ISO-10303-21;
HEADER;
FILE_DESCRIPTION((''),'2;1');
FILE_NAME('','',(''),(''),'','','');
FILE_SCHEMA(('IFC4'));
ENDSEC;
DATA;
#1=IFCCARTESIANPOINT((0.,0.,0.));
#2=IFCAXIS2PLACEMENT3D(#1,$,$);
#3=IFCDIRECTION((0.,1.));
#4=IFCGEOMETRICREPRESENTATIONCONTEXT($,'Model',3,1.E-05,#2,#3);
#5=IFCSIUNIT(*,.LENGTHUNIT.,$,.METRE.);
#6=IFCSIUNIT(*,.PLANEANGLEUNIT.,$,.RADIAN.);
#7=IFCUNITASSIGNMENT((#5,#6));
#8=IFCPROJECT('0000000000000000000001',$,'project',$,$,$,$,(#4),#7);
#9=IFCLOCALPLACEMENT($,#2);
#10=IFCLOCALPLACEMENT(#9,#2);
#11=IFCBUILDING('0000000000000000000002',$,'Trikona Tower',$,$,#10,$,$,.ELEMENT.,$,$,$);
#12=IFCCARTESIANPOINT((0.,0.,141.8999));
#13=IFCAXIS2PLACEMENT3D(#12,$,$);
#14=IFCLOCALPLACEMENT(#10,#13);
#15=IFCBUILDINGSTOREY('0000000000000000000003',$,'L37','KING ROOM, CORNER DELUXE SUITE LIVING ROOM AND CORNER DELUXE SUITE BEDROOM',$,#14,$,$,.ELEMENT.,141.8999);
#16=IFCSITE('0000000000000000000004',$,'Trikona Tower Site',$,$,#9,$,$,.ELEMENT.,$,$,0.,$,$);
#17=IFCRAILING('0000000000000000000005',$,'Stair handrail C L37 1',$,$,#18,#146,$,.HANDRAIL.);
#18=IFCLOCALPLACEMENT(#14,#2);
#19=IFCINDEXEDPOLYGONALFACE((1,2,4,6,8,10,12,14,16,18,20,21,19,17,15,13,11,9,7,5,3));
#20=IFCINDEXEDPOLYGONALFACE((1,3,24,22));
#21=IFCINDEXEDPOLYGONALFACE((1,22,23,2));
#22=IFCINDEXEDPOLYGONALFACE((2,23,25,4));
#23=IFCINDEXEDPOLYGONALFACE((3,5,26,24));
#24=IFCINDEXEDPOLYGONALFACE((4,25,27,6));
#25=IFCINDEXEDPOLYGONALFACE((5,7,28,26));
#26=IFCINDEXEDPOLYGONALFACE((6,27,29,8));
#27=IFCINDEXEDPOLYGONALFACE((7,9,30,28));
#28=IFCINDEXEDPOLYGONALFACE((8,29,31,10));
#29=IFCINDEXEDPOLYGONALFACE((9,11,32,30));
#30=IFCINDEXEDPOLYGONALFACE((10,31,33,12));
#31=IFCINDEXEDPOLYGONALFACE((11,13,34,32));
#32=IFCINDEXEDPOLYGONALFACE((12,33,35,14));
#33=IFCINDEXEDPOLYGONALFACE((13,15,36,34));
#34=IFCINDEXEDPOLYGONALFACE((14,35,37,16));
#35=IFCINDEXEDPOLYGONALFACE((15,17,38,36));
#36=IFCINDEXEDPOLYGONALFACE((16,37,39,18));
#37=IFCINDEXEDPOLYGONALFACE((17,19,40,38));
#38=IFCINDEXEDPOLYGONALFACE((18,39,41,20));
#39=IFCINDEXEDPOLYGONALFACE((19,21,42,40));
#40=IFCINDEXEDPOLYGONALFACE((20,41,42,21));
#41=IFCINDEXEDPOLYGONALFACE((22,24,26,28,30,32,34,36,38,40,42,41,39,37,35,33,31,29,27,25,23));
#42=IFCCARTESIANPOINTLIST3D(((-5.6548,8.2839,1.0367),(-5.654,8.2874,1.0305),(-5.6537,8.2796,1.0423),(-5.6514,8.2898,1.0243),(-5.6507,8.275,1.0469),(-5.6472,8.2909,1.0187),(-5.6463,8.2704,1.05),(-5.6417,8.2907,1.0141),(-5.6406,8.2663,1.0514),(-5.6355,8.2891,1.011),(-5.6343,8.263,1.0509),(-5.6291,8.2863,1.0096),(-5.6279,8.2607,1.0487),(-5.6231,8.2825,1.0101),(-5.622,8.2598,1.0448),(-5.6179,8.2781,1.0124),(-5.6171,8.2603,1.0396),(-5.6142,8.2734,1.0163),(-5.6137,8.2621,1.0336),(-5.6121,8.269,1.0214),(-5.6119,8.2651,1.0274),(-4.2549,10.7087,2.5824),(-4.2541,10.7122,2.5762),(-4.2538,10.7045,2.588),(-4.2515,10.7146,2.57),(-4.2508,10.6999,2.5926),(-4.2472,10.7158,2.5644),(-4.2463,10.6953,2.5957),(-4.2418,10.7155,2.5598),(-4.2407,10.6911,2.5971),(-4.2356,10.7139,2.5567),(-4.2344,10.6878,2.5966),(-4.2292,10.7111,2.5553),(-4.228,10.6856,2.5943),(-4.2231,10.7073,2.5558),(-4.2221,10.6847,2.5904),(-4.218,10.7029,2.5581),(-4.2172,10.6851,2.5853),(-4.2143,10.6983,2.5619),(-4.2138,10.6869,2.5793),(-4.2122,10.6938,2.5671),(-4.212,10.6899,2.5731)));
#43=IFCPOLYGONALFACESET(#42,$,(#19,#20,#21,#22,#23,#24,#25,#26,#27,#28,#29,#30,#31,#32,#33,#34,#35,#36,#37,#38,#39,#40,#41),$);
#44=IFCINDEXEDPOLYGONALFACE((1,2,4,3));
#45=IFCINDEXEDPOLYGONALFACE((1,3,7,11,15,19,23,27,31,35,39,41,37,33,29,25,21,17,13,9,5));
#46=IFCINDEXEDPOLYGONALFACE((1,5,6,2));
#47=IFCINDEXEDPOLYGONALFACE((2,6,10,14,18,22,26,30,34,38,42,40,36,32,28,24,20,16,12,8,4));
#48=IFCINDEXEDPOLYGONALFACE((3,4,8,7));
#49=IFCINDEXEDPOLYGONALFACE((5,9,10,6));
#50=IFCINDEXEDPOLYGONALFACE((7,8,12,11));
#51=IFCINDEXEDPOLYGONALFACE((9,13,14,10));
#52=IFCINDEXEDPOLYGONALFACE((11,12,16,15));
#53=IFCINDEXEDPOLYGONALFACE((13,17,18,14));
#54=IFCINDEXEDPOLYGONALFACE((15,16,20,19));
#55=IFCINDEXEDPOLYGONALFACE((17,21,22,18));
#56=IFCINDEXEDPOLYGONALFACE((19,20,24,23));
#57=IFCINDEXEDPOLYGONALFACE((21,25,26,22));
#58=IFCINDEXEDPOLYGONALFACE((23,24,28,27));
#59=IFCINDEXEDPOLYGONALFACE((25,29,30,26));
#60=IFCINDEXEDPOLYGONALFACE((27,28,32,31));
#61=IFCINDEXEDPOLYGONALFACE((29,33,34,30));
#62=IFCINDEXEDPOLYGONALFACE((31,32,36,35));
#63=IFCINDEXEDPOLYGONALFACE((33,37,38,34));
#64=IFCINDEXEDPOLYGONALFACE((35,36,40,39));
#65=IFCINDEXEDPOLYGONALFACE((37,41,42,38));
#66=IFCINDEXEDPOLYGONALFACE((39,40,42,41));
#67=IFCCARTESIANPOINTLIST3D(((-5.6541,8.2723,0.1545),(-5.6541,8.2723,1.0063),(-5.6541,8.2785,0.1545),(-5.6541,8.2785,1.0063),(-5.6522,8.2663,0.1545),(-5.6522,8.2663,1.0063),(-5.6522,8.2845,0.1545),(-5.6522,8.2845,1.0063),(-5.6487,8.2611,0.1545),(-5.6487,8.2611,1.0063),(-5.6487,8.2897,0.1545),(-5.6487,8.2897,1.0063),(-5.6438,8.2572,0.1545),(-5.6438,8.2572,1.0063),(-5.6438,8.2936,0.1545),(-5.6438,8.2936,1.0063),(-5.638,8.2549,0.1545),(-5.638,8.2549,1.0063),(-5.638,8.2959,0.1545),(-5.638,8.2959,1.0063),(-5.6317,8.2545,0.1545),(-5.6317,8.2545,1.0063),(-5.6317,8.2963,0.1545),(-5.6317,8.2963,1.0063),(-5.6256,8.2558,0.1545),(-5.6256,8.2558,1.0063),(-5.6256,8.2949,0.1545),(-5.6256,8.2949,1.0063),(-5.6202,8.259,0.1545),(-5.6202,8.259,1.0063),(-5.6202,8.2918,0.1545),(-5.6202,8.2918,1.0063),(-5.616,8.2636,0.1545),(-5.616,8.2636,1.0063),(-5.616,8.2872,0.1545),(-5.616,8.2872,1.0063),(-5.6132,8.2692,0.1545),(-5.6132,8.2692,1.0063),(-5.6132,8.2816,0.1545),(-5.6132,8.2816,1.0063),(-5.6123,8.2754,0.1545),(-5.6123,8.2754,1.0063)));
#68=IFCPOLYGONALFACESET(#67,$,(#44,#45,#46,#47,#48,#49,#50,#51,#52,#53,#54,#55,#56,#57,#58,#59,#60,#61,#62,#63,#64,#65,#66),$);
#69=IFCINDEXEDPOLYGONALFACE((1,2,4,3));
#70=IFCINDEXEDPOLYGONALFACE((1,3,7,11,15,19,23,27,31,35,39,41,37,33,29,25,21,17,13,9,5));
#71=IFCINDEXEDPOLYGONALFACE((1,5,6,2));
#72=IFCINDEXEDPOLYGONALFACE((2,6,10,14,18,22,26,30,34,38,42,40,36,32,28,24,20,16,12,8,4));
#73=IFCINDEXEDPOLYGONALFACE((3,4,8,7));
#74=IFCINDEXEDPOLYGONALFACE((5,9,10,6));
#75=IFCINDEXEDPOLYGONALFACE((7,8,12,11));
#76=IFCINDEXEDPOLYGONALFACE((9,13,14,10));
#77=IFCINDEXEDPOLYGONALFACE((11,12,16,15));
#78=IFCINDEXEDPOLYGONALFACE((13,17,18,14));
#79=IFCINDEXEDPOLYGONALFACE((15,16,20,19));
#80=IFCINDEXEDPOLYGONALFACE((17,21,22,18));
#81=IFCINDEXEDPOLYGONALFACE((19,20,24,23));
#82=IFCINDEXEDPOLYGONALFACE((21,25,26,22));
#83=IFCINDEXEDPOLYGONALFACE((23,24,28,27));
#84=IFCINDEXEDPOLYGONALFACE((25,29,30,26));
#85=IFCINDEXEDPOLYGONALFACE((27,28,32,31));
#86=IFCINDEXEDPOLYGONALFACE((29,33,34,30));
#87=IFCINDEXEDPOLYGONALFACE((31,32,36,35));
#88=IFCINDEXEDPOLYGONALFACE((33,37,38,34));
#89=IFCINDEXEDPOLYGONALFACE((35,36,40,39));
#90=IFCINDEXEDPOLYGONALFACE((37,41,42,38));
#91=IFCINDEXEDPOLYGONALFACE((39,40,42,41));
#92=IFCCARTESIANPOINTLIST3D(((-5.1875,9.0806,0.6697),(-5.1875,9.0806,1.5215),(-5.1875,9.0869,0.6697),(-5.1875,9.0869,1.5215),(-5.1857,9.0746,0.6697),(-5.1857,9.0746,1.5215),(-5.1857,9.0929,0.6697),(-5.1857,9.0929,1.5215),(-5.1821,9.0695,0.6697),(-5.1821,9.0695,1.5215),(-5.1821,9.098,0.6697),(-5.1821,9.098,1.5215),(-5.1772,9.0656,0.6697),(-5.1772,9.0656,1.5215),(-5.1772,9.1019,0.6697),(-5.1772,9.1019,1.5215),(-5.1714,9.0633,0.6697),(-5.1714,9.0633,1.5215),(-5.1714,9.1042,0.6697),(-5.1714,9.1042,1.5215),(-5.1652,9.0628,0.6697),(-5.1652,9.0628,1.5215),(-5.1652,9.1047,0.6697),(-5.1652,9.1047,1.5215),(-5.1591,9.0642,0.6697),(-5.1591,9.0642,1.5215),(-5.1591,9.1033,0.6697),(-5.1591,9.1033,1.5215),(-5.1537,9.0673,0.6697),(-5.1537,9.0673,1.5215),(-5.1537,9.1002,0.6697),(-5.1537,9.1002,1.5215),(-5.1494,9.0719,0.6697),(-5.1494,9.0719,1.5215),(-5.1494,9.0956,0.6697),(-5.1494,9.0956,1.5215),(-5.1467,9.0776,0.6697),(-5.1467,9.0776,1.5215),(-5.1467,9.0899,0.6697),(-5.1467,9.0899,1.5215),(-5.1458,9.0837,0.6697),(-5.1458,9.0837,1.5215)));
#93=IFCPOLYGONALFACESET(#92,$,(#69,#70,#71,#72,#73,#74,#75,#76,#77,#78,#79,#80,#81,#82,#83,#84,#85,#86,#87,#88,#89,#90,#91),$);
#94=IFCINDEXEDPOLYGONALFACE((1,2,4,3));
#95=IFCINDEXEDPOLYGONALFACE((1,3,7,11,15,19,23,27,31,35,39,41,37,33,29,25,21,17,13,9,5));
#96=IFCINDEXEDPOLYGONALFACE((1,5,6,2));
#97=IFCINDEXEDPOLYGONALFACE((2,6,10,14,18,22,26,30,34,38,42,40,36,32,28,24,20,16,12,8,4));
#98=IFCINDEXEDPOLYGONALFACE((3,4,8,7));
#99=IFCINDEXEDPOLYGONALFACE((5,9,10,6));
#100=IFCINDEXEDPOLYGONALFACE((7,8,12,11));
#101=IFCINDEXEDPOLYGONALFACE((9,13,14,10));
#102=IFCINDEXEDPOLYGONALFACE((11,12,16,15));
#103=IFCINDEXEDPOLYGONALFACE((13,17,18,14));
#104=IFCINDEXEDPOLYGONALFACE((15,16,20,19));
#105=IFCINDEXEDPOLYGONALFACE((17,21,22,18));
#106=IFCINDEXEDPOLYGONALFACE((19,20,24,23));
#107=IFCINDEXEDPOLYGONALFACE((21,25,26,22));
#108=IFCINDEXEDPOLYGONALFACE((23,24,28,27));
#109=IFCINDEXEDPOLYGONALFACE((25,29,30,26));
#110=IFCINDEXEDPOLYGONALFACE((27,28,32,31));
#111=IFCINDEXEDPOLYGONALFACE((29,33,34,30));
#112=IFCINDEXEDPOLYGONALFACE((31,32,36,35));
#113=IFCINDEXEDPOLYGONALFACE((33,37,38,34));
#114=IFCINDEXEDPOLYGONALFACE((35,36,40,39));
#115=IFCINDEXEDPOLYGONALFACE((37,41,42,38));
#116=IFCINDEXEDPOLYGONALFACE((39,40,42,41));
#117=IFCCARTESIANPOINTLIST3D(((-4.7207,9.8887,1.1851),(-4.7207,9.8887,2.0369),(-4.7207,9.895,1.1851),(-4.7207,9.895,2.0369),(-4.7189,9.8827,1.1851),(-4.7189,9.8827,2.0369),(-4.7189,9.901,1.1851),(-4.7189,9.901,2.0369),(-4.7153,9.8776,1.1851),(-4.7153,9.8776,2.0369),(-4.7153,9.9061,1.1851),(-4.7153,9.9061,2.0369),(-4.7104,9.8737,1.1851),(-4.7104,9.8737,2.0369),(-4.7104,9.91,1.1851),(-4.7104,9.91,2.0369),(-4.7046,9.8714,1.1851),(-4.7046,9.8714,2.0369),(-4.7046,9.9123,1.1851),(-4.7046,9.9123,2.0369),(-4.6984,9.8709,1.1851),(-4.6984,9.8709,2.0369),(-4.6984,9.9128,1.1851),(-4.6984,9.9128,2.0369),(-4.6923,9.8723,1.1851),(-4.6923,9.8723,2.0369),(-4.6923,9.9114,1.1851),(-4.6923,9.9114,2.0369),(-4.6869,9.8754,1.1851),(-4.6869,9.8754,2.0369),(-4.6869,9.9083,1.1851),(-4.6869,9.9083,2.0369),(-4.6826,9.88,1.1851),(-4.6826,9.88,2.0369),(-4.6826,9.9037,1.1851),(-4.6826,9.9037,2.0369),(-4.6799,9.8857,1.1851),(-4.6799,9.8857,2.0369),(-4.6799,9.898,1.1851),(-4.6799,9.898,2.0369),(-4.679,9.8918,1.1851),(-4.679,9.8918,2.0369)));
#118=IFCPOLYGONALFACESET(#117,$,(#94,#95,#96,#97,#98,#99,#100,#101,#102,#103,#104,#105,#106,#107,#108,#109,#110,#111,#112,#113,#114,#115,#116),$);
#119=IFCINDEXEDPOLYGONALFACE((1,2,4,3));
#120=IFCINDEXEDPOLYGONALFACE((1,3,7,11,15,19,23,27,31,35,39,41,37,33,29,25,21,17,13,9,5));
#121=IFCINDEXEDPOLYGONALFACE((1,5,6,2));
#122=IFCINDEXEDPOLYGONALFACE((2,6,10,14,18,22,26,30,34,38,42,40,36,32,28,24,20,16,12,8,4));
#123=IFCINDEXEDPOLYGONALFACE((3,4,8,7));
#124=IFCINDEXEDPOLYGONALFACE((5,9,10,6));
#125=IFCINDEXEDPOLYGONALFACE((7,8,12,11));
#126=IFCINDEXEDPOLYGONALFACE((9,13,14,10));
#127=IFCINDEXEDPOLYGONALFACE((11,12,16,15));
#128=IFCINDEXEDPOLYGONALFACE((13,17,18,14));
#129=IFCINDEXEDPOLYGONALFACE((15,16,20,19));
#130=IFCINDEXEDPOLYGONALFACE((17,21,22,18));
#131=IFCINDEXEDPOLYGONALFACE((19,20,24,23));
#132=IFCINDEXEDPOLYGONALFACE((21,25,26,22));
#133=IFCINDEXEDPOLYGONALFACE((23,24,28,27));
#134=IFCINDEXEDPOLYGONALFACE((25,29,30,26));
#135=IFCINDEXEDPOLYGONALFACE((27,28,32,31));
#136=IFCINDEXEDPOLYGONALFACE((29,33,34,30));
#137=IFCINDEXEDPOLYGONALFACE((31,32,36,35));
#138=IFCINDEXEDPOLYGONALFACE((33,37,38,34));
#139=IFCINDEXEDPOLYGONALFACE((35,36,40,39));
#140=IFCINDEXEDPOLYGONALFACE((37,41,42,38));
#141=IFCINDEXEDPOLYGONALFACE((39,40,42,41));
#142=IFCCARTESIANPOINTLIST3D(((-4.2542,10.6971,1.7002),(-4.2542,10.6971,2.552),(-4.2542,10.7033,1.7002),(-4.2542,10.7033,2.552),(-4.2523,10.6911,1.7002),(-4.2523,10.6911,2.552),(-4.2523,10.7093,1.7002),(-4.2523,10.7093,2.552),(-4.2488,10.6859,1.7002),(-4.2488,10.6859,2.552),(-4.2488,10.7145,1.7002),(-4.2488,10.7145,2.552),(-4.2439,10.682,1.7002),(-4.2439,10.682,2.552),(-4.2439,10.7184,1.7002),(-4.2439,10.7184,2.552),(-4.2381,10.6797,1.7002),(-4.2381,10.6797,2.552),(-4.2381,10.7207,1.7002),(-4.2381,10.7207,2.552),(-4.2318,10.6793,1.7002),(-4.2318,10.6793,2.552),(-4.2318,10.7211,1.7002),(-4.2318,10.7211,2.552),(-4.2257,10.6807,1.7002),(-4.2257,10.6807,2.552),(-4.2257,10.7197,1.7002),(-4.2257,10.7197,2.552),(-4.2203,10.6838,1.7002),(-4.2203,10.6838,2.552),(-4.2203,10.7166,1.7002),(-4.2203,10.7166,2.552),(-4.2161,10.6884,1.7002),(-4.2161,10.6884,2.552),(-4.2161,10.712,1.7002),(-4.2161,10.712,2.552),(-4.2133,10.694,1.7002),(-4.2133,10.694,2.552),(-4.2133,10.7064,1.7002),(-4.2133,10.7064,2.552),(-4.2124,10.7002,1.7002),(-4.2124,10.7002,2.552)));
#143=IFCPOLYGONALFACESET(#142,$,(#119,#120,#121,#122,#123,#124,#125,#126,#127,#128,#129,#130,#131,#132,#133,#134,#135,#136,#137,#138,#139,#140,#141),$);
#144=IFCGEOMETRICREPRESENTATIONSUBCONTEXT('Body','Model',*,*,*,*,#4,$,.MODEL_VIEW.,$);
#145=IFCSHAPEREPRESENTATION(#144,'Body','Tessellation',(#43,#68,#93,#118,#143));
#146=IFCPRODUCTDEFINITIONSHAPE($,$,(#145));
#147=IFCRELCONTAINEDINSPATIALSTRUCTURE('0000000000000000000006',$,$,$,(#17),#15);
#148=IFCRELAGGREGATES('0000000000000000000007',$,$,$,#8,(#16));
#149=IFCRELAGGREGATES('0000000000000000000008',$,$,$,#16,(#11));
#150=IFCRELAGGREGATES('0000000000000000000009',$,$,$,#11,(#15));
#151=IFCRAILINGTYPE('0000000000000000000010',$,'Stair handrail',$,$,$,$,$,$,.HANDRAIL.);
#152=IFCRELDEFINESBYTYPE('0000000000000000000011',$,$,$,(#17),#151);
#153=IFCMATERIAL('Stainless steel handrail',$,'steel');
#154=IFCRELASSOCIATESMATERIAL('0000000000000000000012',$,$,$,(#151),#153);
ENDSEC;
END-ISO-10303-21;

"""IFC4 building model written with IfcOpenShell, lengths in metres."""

from ifc_helpers import new_model, si_unit, direction, frame, origin, origin_2d, place, context, subcontext, project, spatial, circle, extrude, material, type_object, element, save


model = new_model("IFC4")

# Units and contexts
model_context = context("Model", 3, precision=1e-05, world=origin(), true_north=direction((0.0, 1.0)))
body_context = subcontext(model_context, "Body", "Model", "MODEL_VIEW")
ifc_project = project(units=[si_unit("LENGTHUNIT", "METRE"), si_unit("PLANEANGLEUNIT", "RADIAN")], contexts=[model_context])

# Site, building, storey
site_placement = place(None, origin())
site = spatial("IfcSite", under=ifc_project, at=site_placement, Name="Trikona Tower Site", CompositionType="ELEMENT", RefElevation=0.0)
building_placement = place(site_placement, origin())
building = spatial("IfcBuilding", under=site, at=building_placement, Name="Trikona Tower", CompositionType="ELEMENT")
storey_placement = place(building_placement, frame((0.0, 0.0, 141.8999)))
storey = spatial("IfcBuildingStorey", under=building, at=storey_placement, Name="L37", Description="KING ROOM, CORNER DELUXE SUITE LIVING ROOM AND CORNER DELUXE SUITE BEDROOM", CompositionType="ELEMENT", Elevation=141.8999)

# Railing
ifc_material_1 = material(Name="Stainless steel handrail", Category="steel")
railing_type = type_object("IfcRailingType", Name="Stair handrail", PredefinedType="HANDRAIL", material=ifc_material_1)
railing_1_placement = place(storey_placement, frame((-5.6333, 8.2754, 0.1545)))
element("IfcRailing", 1, at=railing_1_placement, inside=storey, type_object=railing_type, Name="Stair handrail C L37 1", PredefinedType="HANDRAIL", context=body_context, shape_type="SweptSolid", body=[
    extrude(circle(Radius=0.0239, at=origin_2d()), frame((0.0, 0.0, 0.876), z_axis=(0.437716, 0.758179, 0.48329), x_axis=(-0.866035, 0.499984, 0.0)), (0.0, 0.0, 1.0), 3.1982),
    extrude(circle(Radius=0.021, at=origin_2d()), origin(), (0.0, 0.0, 1.0), 0.8518),
    extrude(circle(Radius=0.021, at=origin_2d()), frame((0.4666, 0.8083, 0.5151)), (0.0, 0.0, 1.0), 0.8518),
    extrude(circle(Radius=0.021, at=origin_2d()), frame((0.9333, 1.6165, 1.0305)), (0.0, 0.0, 1.0), 0.8518),
    extrude(circle(Radius=0.021, at=origin_2d()), frame((1.3999, 2.4248, 1.5457)), (0.0, 0.0, 1.0), 0.8518),
])

save(model, "model.ifc")
